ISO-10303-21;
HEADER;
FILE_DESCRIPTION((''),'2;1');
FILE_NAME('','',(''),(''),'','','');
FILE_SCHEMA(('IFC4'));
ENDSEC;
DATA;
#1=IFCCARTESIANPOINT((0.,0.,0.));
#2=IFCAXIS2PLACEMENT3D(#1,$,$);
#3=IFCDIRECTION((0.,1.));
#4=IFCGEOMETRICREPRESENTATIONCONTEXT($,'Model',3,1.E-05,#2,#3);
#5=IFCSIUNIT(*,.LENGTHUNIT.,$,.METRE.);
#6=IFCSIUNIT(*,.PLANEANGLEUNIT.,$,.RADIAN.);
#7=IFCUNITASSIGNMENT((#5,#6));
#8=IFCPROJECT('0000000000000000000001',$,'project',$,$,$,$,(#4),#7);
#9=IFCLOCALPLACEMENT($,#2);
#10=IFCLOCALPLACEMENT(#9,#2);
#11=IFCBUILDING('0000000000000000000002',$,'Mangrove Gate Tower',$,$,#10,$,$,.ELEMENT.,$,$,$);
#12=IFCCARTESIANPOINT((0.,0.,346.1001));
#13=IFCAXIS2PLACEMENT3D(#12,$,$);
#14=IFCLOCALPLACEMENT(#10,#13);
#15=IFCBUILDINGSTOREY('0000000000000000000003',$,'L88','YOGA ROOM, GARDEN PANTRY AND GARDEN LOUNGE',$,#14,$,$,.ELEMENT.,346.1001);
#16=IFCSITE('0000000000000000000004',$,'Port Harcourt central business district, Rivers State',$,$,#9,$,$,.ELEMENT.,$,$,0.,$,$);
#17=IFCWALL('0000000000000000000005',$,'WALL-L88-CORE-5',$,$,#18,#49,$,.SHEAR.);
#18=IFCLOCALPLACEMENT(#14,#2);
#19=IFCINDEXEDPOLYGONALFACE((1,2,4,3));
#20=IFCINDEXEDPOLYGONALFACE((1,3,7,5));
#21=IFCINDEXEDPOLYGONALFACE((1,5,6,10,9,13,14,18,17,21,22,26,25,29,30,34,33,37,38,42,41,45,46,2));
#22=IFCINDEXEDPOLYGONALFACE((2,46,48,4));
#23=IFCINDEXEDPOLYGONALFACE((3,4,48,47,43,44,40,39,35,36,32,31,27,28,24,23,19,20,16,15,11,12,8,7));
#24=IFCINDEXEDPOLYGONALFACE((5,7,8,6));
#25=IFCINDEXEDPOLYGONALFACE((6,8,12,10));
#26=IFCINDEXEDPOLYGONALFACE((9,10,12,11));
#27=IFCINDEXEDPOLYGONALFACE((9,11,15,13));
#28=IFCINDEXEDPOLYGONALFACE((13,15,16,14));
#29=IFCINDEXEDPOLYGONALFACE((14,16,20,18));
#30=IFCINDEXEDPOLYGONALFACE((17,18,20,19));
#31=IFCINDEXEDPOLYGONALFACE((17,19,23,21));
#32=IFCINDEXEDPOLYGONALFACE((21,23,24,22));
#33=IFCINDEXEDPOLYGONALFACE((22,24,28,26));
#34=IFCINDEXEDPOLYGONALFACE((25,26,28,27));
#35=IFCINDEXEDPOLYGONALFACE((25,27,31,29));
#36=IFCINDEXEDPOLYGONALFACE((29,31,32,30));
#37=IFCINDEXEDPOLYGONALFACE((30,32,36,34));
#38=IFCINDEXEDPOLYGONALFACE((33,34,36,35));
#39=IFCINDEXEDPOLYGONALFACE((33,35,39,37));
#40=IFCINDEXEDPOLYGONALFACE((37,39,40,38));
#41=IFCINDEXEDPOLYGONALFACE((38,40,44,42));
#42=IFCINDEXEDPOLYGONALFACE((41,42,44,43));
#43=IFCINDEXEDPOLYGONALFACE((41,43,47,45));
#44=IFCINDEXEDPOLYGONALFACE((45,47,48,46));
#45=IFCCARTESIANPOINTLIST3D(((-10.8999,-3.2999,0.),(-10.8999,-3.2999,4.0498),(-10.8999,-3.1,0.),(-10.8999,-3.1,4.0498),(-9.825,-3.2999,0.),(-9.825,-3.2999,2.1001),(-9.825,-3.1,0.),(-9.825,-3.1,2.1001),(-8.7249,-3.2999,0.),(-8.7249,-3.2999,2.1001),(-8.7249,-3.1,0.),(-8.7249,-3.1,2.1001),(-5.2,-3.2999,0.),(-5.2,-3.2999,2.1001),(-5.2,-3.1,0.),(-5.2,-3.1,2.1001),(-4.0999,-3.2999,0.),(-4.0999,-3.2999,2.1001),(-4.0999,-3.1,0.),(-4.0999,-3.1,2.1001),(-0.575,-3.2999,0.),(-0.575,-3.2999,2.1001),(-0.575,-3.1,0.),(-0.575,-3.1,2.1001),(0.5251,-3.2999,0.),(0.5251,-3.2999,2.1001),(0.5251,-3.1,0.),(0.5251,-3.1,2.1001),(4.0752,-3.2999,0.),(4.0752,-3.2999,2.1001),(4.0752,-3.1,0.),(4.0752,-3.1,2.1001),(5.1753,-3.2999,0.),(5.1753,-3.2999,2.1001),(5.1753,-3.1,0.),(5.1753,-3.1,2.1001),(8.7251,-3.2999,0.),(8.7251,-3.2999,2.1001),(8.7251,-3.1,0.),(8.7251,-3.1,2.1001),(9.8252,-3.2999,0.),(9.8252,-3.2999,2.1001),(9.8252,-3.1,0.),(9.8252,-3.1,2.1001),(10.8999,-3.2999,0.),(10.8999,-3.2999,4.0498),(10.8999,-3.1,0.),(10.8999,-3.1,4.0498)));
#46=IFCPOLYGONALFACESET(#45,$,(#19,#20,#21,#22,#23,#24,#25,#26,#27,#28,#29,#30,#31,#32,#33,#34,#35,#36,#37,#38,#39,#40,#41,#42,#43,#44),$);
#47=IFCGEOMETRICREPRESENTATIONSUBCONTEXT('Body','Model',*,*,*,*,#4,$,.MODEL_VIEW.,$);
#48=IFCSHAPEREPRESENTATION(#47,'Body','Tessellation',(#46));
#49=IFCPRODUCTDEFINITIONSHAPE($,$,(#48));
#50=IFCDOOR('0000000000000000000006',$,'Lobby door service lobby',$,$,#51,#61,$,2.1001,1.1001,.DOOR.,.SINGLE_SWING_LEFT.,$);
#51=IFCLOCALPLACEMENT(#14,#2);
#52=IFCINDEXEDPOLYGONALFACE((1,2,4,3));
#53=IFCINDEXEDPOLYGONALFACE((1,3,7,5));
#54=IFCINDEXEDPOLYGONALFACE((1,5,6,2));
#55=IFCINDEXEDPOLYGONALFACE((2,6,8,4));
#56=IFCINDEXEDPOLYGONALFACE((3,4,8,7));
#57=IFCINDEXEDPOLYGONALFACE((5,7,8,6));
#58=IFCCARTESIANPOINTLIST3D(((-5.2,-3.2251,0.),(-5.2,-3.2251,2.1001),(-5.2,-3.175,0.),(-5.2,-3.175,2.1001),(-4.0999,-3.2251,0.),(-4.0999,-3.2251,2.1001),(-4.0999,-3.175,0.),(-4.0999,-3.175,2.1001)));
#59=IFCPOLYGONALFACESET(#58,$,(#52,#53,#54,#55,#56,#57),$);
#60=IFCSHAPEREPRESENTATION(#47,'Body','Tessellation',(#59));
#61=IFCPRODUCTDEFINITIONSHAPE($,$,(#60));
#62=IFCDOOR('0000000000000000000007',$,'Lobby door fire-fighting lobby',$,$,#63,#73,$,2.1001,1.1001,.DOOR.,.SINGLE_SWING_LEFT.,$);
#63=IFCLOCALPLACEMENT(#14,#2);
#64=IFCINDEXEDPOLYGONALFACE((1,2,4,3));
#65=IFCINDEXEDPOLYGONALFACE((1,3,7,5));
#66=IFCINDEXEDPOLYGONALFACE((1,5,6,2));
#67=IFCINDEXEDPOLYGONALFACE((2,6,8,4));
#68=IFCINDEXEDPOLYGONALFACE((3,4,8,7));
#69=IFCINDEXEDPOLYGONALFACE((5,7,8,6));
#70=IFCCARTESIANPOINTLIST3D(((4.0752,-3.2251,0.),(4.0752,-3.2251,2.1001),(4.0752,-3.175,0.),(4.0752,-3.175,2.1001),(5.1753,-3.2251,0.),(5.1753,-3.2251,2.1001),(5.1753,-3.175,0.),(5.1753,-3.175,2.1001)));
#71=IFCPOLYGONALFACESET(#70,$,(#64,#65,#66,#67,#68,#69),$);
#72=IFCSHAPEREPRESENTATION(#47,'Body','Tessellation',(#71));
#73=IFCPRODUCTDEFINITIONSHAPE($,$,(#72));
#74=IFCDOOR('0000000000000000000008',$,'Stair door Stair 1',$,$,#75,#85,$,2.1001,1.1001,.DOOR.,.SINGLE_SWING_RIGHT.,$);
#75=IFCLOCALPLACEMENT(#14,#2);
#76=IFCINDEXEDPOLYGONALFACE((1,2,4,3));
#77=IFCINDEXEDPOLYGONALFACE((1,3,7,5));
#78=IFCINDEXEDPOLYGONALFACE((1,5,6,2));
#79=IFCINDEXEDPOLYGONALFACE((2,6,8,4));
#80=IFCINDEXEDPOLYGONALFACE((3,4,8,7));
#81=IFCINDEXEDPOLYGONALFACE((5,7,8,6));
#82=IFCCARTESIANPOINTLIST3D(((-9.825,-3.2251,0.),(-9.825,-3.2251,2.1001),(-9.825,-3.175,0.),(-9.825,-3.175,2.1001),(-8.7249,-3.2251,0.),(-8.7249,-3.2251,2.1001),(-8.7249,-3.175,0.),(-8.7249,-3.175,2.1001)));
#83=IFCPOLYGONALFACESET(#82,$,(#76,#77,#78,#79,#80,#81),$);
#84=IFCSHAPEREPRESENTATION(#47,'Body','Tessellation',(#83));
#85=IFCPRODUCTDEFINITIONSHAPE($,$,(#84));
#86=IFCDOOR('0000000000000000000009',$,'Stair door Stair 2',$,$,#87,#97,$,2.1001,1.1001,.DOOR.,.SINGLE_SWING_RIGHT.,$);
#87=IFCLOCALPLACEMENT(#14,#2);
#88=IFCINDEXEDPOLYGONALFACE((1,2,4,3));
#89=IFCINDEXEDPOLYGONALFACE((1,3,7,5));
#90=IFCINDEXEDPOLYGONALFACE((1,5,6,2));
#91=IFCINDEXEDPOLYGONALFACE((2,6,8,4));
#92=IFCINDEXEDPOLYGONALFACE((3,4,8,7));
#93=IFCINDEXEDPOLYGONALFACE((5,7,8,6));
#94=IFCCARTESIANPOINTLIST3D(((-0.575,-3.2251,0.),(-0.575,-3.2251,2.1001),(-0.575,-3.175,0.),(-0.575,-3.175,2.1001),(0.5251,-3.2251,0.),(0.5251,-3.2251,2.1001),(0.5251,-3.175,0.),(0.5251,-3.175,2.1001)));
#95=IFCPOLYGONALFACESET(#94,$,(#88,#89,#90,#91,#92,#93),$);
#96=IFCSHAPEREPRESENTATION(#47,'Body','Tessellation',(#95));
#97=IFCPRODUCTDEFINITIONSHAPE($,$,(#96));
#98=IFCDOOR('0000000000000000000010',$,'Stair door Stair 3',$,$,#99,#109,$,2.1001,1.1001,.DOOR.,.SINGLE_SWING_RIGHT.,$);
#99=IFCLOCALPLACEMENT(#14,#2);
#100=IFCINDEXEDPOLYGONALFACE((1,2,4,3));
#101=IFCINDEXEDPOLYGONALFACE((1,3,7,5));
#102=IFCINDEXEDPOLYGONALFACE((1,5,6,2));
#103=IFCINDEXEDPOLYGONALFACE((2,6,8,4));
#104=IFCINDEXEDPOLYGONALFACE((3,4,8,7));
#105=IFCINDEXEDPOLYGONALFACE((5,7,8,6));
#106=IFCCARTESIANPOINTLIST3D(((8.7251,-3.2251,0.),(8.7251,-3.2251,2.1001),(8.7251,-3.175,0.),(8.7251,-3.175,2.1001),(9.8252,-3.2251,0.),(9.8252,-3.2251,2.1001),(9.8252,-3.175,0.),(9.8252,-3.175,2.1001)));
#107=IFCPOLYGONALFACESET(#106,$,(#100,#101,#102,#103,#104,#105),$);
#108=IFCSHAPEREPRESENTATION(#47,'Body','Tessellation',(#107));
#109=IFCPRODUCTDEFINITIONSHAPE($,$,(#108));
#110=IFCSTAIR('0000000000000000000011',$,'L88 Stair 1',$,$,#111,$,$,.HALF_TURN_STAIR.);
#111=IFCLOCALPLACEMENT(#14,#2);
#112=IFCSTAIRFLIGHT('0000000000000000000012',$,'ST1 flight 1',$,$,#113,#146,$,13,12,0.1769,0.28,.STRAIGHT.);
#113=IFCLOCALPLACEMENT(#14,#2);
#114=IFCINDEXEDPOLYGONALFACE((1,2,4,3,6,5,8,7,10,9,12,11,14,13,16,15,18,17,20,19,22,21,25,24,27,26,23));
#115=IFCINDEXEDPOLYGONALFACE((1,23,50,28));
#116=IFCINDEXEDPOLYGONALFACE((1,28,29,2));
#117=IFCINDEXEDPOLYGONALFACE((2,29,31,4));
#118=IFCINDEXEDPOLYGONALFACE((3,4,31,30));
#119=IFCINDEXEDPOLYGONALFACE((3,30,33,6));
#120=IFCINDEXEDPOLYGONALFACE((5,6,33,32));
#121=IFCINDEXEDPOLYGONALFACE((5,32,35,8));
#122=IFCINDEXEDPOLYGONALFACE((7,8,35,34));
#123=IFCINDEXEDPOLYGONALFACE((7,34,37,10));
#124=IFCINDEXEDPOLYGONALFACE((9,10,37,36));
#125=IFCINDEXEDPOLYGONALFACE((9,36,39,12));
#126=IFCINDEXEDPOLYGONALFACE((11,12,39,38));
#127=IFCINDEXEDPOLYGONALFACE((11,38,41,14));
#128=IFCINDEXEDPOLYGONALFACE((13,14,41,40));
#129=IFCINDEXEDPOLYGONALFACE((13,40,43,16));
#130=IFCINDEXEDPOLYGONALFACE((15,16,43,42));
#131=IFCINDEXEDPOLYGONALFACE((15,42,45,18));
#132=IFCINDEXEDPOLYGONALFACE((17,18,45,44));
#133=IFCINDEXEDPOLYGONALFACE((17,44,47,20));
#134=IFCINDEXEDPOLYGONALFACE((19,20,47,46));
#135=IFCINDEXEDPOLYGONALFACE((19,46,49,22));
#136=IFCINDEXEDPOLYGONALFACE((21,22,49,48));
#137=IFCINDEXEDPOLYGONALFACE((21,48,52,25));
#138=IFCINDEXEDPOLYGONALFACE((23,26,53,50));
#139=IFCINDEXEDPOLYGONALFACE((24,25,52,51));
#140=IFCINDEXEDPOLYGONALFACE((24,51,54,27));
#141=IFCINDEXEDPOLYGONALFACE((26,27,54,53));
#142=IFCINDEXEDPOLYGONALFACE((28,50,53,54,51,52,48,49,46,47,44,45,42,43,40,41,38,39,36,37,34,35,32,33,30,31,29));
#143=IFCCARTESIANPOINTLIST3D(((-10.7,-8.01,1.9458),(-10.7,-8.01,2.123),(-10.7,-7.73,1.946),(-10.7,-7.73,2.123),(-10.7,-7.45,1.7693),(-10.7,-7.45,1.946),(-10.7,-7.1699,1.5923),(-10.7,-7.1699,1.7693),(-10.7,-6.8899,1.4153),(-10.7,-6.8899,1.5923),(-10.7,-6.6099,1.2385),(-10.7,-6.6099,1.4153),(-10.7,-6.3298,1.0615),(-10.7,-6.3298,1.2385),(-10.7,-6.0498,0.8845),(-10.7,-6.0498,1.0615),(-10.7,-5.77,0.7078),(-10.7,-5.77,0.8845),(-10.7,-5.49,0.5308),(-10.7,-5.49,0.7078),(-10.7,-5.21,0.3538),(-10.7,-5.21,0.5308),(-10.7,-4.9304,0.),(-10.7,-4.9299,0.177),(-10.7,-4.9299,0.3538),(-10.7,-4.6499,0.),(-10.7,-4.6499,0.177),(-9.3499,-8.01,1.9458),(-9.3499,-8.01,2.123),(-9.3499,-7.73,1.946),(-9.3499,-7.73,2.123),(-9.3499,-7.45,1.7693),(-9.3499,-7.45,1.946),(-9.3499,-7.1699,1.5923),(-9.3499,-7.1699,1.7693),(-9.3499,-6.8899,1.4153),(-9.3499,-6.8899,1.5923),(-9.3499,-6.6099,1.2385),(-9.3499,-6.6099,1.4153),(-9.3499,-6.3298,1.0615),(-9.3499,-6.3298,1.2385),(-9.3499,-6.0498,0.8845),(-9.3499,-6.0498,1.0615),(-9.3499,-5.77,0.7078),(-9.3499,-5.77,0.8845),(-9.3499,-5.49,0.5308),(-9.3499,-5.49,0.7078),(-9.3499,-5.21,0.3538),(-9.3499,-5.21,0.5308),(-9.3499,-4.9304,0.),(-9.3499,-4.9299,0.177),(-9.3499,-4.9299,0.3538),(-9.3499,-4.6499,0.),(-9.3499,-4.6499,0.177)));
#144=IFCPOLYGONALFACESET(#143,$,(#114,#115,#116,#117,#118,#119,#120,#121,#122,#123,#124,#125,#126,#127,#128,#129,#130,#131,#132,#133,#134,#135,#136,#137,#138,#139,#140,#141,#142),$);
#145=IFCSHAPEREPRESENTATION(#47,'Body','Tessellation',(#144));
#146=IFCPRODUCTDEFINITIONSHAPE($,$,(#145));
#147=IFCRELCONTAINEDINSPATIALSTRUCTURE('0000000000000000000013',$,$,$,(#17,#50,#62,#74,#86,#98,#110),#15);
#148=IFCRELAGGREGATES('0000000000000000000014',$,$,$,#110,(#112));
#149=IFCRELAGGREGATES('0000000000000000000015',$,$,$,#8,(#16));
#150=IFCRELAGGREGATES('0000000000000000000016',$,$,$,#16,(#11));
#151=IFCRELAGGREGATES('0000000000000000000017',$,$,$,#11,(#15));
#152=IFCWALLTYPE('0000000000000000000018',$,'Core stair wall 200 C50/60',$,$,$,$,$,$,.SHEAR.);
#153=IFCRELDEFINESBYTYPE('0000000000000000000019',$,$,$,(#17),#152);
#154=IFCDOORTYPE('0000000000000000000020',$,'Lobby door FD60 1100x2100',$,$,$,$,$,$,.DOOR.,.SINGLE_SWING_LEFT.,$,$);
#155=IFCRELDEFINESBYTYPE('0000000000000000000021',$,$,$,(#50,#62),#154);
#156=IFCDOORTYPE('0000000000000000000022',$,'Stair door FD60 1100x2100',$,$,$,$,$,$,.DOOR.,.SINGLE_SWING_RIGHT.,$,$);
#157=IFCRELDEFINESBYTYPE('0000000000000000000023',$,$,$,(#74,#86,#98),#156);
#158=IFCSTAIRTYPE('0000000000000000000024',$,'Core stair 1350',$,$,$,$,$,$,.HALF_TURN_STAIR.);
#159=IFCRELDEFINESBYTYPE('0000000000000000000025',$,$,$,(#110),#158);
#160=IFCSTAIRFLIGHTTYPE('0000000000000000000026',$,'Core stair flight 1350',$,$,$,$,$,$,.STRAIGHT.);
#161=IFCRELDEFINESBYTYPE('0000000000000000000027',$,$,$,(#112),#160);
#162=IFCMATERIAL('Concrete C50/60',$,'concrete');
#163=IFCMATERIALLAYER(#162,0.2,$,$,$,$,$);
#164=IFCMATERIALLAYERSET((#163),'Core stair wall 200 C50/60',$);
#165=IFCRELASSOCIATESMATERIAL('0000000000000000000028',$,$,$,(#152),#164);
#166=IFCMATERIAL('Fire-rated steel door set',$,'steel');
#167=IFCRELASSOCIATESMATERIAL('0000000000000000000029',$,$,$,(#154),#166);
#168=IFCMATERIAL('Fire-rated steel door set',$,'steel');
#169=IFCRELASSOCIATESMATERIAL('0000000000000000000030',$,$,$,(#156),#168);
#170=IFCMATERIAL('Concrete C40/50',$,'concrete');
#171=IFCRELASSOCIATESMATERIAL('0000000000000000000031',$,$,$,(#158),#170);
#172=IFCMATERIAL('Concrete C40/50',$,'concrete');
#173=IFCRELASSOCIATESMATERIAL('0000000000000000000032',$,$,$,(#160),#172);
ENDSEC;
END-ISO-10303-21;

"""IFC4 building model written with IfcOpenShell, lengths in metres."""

from ifc_helpers import new_model, si_unit, direction, frame, frame_2d, origin, place, context, subcontext, project, spatial, polyline, rectangle, outline, extrude, material, layer, layer_set, type_object, element, fill, aggregate, save


model = new_model("IFC4")

# Units and contexts
model_context = context("Model", 3, precision=1e-05, world=origin(), true_north=direction((0.0, 1.0)))
body_context = subcontext(model_context, "Body", "Model", "MODEL_VIEW")
ifc_project = project(units=[si_unit("LENGTHUNIT", "METRE"), si_unit("PLANEANGLEUNIT", "RADIAN")], contexts=[model_context])

# Site, building, storey
site_placement = place(None, origin())
site = spatial("IfcSite", under=ifc_project, at=site_placement, Name="Port Harcourt central business district, Rivers State", CompositionType="ELEMENT", RefElevation=0.0)
building_placement = place(site_placement, origin())
building = spatial("IfcBuilding", under=site, at=building_placement, Name="Mangrove Gate Tower", CompositionType="ELEMENT")
storey_placement = place(building_placement, frame((0.0, 0.0, 346.1001)))
storey = spatial("IfcBuildingStorey", under=building, at=storey_placement, Name="L88", Description="YOGA ROOM, GARDEN PANTRY AND GARDEN LOUNGE", CompositionType="ELEMENT", Elevation=346.1001)

# Wall, openings, doors
ifc_material_1 = material(Name="Concrete C50/60", Category="concrete")
ifc_layer_1 = layer(ifc_material_1, 0.2)
ifc_layer_set_1 = layer_set([ifc_layer_1], Name="Core stair wall 200 C50/60")
wall_type_1 = type_object("IfcWallType", Name="Core stair wall 200 C50/60", PredefinedType="SHEAR", material=ifc_layer_set_1)
wall_1_placement = place(storey_placement, frame((-10.8999, -3.2, 0.0), z_axis=(0.0, 0.0, 1.0), x_axis=(1.0, 0.0, 0.0)))
wall_1 = element("IfcWall", 1, at=wall_1_placement, inside=storey, type_object=wall_type_1, Name="WALL-L88-CORE-5", PredefinedType="SHEAR", context=body_context, shape_type="SweptSolid", body=[
    extrude(rectangle(XDim=21.7998, YDim=0.2, at=frame_2d((10.8999, 0.0))), origin(), (0.0, 0.0, 1.0), 4.0498),
])
opening_1_placement = place(wall_1_placement, frame((1.075, 0.0, 0.0)))
opening_1 = element("IfcOpeningElement", 2, at=opening_1_placement, cuts=wall_1, PredefinedType="OPENING", context=body_context, shape_type="SweptSolid", body=[
    extrude(rectangle(XDim=1.1001, YDim=2.1001, at=frame_2d((0.55, 1.05))), frame((0.0, 0.1099, 0.0), z_axis=(0.0, -1.0, 0.0), x_axis=(1.0, 0.0, 0.0)), (0.0, 0.0, 1.0), 0.22),
])
opening_2_placement = place(wall_1_placement, frame((10.325, 0.0, 0.0)))
opening_2 = element("IfcOpeningElement", 3, at=opening_2_placement, cuts=wall_1, PredefinedType="OPENING", context=body_context, shape_type="SweptSolid", body=[
    extrude(rectangle(XDim=1.1001, YDim=2.1001, at=frame_2d((0.55, 1.05))), frame((0.0, 0.1099, 0.0), z_axis=(0.0, -1.0, 0.0), x_axis=(1.0, 0.0, 0.0)), (0.0, 0.0, 1.0), 0.22),
])
opening_3_placement = place(wall_1_placement, frame((19.625, 0.0, 0.0)))
opening_3 = element("IfcOpeningElement", 4, at=opening_3_placement, cuts=wall_1, PredefinedType="OPENING", context=body_context, shape_type="SweptSolid", body=[
    extrude(rectangle(XDim=1.1001, YDim=2.1001, at=frame_2d((0.55, 1.05))), frame((0.0, 0.1099, 0.0), z_axis=(0.0, -1.0, 0.0), x_axis=(1.0, 0.0, 0.0)), (0.0, 0.0, 1.0), 0.22),
])
opening_4_placement = place(wall_1_placement, frame((5.7, 0.0, 0.0)))
opening_4 = element("IfcOpeningElement", 5, at=opening_4_placement, cuts=wall_1, PredefinedType="OPENING", context=body_context, shape_type="SweptSolid", body=[
    extrude(rectangle(XDim=1.1001, YDim=2.1001, at=frame_2d((0.55, 1.05))), frame((0.0, 0.1099, 0.0), z_axis=(0.0, -1.0, 0.0), x_axis=(1.0, 0.0, 0.0)), (0.0, 0.0, 1.0), 0.22),
])
opening_5_placement = place(wall_1_placement, frame((14.9751, 0.0, 0.0)))
opening_5 = element("IfcOpeningElement", 6, at=opening_5_placement, cuts=wall_1, PredefinedType="OPENING", context=body_context, shape_type="SweptSolid", body=[
    extrude(rectangle(XDim=1.1001, YDim=2.1001, at=frame_2d((0.55, 1.05))), frame((0.0, 0.1099, 0.0), z_axis=(0.0, -1.0, 0.0), x_axis=(1.0, 0.0, 0.0)), (0.0, 0.0, 1.0), 0.22),
])
ifc_material_2 = material(Name="Fire-rated steel door set", Category="steel")
door_type_1 = type_object("IfcDoorType", Name="Lobby door FD60 1100x2100", OperationType="SINGLE_SWING_LEFT", PredefinedType="DOOR", material=ifc_material_2)
door_1_placement = place(opening_4_placement, origin())
door_1 = element("IfcDoor", 7, at=door_1_placement, inside=storey, type_object=door_type_1, Name="Lobby door service lobby", OperationType="SINGLE_SWING_LEFT", OverallHeight=2.1001, OverallWidth=1.1001, PredefinedType="DOOR", context=body_context, shape_type="SweptSolid", body=[
    extrude(rectangle(XDim=1.1001, YDim=2.1001, at=frame_2d((0.55, 1.05))), frame((0.0, 0.0249, 0.0), z_axis=(0.0, -1.0, 0.0), x_axis=(1.0, 0.0, 0.0)), (0.0, 0.0, 1.0), 0.05),
])
fill(opening_4, door_1)
door_2_placement = place(opening_5_placement, origin())
door_2 = element("IfcDoor", 8, at=door_2_placement, inside=storey, type_object=door_type_1, Name="Lobby door fire-fighting lobby", OperationType="SINGLE_SWING_LEFT", OverallHeight=2.1001, OverallWidth=1.1001, PredefinedType="DOOR", context=body_context, shape_type="SweptSolid", body=[
    extrude(rectangle(XDim=1.1001, YDim=2.1001, at=frame_2d((0.55, 1.05))), frame((0.0, 0.0249, 0.0), z_axis=(0.0, -1.0, 0.0), x_axis=(1.0, 0.0, 0.0)), (0.0, 0.0, 1.0), 0.05),
])
fill(opening_5, door_2)
ifc_material_3 = material(Name="Fire-rated steel door set", Category="steel")
door_type_2 = type_object("IfcDoorType", Name="Stair door FD60 1100x2100", OperationType="SINGLE_SWING_RIGHT", PredefinedType="DOOR", material=ifc_material_3)
door_3_placement = place(opening_1_placement, origin())
door_3 = element("IfcDoor", 9, at=door_3_placement, inside=storey, type_object=door_type_2, Name="Stair door Stair 1", OperationType="SINGLE_SWING_RIGHT", OverallHeight=2.1001, OverallWidth=1.1001, PredefinedType="DOOR", context=body_context, shape_type="SweptSolid", body=[
    extrude(rectangle(XDim=1.1001, YDim=2.1001, at=frame_2d((0.55, 1.05))), frame((0.0, 0.0249, 0.0), z_axis=(0.0, -1.0, 0.0), x_axis=(1.0, 0.0, 0.0)), (0.0, 0.0, 1.0), 0.05),
])
fill(opening_1, door_3)
door_4_placement = place(opening_2_placement, origin())
door_4 = element("IfcDoor", 10, at=door_4_placement, inside=storey, type_object=door_type_2, Name="Stair door Stair 2", OperationType="SINGLE_SWING_RIGHT", OverallHeight=2.1001, OverallWidth=1.1001, PredefinedType="DOOR", context=body_context, shape_type="SweptSolid", body=[
    extrude(rectangle(XDim=1.1001, YDim=2.1001, at=frame_2d((0.55, 1.05))), frame((0.0, 0.0249, 0.0), z_axis=(0.0, -1.0, 0.0), x_axis=(1.0, 0.0, 0.0)), (0.0, 0.0, 1.0), 0.05),
])
fill(opening_2, door_4)
door_5_placement = place(opening_3_placement, origin())
door_5 = element("IfcDoor", 11, at=door_5_placement, inside=storey, type_object=door_type_2, Name="Stair door Stair 3", OperationType="SINGLE_SWING_RIGHT", OverallHeight=2.1001, OverallWidth=1.1001, PredefinedType="DOOR", context=body_context, shape_type="SweptSolid", body=[
    extrude(rectangle(XDim=1.1001, YDim=2.1001, at=frame_2d((0.55, 1.05))), frame((0.0, 0.0249, 0.0), z_axis=(0.0, -1.0, 0.0), x_axis=(1.0, 0.0, 0.0)), (0.0, 0.0, 1.0), 0.05),
])
fill(opening_3, door_5)

# Stair, stair flight
ifc_material_4 = material(Name="Concrete C40/50", Category="concrete")
stair_type = type_object("IfcStairType", Name="Core stair 1350", PredefinedType="HALF_TURN_STAIR", material=ifc_material_4)
stair_placement = place(storey_placement, origin())
stair = element("IfcStair", 12, at=stair_placement, inside=storey, type_object=stair_type, Name="L88 Stair 1", PredefinedType="HALF_TURN_STAIR")
ifc_material_5 = material(Name="Concrete C40/50", Category="concrete")
stair_flight_type = type_object("IfcStairFlightType", Name="Core stair flight 1350", PredefinedType="STRAIGHT", material=ifc_material_5)
stair_flight_1_placement = place(storey_placement, frame((-10.0249, -4.6499, 0.0), z_axis=(0.0, 0.0, 1.0), x_axis=(0.0, -1.0, 0.0)))
stair_flight_1 = element("IfcStairFlight", 13, at=stair_flight_1_placement, type_object=stair_flight_type, Name="ST1 flight 1", NumberOfRisers=13, NumberOfTreads=12, PredefinedType="STRAIGHT", RiserHeight=0.1769, TreadLength=0.28, context=body_context, shape_type="SweptSolid", body=[
    extrude(outline(polyline([(0.0, 0.0), (0.0, 0.177), (0.28, 0.177), (0.28, 0.3538), (0.5601, 0.3538), (0.5601, 0.5308), (0.8401, 0.5308), (0.8401, 0.7078), (1.1201, 0.7078), (1.1201, 0.8845), (1.3999, 0.8845), (1.3999, 1.0615), (1.6799, 1.0615), (1.6799, 1.2385), (1.96, 1.2385), (1.96, 1.4153), (2.24, 1.4153), (2.24, 1.5923), (2.52, 1.5923), (2.52, 1.7693), (2.8, 1.7693), (2.8, 1.946), (3.0801, 1.946), (3.0801, 2.123), (3.3601, 2.123), (3.3601, 2.3), (3.3601, 1.9458), (0.2805, 0.0), (0.0, 0.0)])), frame((0.0, 0.675, 0.0), z_axis=(0.0, -1.0, 0.0), x_axis=(1.0, 0.0, 0.0)), (0.0, 0.0, 1.0), 1.3501),
])
aggregate(stair, [stair_flight_1])

save(model, "model.ifc")
